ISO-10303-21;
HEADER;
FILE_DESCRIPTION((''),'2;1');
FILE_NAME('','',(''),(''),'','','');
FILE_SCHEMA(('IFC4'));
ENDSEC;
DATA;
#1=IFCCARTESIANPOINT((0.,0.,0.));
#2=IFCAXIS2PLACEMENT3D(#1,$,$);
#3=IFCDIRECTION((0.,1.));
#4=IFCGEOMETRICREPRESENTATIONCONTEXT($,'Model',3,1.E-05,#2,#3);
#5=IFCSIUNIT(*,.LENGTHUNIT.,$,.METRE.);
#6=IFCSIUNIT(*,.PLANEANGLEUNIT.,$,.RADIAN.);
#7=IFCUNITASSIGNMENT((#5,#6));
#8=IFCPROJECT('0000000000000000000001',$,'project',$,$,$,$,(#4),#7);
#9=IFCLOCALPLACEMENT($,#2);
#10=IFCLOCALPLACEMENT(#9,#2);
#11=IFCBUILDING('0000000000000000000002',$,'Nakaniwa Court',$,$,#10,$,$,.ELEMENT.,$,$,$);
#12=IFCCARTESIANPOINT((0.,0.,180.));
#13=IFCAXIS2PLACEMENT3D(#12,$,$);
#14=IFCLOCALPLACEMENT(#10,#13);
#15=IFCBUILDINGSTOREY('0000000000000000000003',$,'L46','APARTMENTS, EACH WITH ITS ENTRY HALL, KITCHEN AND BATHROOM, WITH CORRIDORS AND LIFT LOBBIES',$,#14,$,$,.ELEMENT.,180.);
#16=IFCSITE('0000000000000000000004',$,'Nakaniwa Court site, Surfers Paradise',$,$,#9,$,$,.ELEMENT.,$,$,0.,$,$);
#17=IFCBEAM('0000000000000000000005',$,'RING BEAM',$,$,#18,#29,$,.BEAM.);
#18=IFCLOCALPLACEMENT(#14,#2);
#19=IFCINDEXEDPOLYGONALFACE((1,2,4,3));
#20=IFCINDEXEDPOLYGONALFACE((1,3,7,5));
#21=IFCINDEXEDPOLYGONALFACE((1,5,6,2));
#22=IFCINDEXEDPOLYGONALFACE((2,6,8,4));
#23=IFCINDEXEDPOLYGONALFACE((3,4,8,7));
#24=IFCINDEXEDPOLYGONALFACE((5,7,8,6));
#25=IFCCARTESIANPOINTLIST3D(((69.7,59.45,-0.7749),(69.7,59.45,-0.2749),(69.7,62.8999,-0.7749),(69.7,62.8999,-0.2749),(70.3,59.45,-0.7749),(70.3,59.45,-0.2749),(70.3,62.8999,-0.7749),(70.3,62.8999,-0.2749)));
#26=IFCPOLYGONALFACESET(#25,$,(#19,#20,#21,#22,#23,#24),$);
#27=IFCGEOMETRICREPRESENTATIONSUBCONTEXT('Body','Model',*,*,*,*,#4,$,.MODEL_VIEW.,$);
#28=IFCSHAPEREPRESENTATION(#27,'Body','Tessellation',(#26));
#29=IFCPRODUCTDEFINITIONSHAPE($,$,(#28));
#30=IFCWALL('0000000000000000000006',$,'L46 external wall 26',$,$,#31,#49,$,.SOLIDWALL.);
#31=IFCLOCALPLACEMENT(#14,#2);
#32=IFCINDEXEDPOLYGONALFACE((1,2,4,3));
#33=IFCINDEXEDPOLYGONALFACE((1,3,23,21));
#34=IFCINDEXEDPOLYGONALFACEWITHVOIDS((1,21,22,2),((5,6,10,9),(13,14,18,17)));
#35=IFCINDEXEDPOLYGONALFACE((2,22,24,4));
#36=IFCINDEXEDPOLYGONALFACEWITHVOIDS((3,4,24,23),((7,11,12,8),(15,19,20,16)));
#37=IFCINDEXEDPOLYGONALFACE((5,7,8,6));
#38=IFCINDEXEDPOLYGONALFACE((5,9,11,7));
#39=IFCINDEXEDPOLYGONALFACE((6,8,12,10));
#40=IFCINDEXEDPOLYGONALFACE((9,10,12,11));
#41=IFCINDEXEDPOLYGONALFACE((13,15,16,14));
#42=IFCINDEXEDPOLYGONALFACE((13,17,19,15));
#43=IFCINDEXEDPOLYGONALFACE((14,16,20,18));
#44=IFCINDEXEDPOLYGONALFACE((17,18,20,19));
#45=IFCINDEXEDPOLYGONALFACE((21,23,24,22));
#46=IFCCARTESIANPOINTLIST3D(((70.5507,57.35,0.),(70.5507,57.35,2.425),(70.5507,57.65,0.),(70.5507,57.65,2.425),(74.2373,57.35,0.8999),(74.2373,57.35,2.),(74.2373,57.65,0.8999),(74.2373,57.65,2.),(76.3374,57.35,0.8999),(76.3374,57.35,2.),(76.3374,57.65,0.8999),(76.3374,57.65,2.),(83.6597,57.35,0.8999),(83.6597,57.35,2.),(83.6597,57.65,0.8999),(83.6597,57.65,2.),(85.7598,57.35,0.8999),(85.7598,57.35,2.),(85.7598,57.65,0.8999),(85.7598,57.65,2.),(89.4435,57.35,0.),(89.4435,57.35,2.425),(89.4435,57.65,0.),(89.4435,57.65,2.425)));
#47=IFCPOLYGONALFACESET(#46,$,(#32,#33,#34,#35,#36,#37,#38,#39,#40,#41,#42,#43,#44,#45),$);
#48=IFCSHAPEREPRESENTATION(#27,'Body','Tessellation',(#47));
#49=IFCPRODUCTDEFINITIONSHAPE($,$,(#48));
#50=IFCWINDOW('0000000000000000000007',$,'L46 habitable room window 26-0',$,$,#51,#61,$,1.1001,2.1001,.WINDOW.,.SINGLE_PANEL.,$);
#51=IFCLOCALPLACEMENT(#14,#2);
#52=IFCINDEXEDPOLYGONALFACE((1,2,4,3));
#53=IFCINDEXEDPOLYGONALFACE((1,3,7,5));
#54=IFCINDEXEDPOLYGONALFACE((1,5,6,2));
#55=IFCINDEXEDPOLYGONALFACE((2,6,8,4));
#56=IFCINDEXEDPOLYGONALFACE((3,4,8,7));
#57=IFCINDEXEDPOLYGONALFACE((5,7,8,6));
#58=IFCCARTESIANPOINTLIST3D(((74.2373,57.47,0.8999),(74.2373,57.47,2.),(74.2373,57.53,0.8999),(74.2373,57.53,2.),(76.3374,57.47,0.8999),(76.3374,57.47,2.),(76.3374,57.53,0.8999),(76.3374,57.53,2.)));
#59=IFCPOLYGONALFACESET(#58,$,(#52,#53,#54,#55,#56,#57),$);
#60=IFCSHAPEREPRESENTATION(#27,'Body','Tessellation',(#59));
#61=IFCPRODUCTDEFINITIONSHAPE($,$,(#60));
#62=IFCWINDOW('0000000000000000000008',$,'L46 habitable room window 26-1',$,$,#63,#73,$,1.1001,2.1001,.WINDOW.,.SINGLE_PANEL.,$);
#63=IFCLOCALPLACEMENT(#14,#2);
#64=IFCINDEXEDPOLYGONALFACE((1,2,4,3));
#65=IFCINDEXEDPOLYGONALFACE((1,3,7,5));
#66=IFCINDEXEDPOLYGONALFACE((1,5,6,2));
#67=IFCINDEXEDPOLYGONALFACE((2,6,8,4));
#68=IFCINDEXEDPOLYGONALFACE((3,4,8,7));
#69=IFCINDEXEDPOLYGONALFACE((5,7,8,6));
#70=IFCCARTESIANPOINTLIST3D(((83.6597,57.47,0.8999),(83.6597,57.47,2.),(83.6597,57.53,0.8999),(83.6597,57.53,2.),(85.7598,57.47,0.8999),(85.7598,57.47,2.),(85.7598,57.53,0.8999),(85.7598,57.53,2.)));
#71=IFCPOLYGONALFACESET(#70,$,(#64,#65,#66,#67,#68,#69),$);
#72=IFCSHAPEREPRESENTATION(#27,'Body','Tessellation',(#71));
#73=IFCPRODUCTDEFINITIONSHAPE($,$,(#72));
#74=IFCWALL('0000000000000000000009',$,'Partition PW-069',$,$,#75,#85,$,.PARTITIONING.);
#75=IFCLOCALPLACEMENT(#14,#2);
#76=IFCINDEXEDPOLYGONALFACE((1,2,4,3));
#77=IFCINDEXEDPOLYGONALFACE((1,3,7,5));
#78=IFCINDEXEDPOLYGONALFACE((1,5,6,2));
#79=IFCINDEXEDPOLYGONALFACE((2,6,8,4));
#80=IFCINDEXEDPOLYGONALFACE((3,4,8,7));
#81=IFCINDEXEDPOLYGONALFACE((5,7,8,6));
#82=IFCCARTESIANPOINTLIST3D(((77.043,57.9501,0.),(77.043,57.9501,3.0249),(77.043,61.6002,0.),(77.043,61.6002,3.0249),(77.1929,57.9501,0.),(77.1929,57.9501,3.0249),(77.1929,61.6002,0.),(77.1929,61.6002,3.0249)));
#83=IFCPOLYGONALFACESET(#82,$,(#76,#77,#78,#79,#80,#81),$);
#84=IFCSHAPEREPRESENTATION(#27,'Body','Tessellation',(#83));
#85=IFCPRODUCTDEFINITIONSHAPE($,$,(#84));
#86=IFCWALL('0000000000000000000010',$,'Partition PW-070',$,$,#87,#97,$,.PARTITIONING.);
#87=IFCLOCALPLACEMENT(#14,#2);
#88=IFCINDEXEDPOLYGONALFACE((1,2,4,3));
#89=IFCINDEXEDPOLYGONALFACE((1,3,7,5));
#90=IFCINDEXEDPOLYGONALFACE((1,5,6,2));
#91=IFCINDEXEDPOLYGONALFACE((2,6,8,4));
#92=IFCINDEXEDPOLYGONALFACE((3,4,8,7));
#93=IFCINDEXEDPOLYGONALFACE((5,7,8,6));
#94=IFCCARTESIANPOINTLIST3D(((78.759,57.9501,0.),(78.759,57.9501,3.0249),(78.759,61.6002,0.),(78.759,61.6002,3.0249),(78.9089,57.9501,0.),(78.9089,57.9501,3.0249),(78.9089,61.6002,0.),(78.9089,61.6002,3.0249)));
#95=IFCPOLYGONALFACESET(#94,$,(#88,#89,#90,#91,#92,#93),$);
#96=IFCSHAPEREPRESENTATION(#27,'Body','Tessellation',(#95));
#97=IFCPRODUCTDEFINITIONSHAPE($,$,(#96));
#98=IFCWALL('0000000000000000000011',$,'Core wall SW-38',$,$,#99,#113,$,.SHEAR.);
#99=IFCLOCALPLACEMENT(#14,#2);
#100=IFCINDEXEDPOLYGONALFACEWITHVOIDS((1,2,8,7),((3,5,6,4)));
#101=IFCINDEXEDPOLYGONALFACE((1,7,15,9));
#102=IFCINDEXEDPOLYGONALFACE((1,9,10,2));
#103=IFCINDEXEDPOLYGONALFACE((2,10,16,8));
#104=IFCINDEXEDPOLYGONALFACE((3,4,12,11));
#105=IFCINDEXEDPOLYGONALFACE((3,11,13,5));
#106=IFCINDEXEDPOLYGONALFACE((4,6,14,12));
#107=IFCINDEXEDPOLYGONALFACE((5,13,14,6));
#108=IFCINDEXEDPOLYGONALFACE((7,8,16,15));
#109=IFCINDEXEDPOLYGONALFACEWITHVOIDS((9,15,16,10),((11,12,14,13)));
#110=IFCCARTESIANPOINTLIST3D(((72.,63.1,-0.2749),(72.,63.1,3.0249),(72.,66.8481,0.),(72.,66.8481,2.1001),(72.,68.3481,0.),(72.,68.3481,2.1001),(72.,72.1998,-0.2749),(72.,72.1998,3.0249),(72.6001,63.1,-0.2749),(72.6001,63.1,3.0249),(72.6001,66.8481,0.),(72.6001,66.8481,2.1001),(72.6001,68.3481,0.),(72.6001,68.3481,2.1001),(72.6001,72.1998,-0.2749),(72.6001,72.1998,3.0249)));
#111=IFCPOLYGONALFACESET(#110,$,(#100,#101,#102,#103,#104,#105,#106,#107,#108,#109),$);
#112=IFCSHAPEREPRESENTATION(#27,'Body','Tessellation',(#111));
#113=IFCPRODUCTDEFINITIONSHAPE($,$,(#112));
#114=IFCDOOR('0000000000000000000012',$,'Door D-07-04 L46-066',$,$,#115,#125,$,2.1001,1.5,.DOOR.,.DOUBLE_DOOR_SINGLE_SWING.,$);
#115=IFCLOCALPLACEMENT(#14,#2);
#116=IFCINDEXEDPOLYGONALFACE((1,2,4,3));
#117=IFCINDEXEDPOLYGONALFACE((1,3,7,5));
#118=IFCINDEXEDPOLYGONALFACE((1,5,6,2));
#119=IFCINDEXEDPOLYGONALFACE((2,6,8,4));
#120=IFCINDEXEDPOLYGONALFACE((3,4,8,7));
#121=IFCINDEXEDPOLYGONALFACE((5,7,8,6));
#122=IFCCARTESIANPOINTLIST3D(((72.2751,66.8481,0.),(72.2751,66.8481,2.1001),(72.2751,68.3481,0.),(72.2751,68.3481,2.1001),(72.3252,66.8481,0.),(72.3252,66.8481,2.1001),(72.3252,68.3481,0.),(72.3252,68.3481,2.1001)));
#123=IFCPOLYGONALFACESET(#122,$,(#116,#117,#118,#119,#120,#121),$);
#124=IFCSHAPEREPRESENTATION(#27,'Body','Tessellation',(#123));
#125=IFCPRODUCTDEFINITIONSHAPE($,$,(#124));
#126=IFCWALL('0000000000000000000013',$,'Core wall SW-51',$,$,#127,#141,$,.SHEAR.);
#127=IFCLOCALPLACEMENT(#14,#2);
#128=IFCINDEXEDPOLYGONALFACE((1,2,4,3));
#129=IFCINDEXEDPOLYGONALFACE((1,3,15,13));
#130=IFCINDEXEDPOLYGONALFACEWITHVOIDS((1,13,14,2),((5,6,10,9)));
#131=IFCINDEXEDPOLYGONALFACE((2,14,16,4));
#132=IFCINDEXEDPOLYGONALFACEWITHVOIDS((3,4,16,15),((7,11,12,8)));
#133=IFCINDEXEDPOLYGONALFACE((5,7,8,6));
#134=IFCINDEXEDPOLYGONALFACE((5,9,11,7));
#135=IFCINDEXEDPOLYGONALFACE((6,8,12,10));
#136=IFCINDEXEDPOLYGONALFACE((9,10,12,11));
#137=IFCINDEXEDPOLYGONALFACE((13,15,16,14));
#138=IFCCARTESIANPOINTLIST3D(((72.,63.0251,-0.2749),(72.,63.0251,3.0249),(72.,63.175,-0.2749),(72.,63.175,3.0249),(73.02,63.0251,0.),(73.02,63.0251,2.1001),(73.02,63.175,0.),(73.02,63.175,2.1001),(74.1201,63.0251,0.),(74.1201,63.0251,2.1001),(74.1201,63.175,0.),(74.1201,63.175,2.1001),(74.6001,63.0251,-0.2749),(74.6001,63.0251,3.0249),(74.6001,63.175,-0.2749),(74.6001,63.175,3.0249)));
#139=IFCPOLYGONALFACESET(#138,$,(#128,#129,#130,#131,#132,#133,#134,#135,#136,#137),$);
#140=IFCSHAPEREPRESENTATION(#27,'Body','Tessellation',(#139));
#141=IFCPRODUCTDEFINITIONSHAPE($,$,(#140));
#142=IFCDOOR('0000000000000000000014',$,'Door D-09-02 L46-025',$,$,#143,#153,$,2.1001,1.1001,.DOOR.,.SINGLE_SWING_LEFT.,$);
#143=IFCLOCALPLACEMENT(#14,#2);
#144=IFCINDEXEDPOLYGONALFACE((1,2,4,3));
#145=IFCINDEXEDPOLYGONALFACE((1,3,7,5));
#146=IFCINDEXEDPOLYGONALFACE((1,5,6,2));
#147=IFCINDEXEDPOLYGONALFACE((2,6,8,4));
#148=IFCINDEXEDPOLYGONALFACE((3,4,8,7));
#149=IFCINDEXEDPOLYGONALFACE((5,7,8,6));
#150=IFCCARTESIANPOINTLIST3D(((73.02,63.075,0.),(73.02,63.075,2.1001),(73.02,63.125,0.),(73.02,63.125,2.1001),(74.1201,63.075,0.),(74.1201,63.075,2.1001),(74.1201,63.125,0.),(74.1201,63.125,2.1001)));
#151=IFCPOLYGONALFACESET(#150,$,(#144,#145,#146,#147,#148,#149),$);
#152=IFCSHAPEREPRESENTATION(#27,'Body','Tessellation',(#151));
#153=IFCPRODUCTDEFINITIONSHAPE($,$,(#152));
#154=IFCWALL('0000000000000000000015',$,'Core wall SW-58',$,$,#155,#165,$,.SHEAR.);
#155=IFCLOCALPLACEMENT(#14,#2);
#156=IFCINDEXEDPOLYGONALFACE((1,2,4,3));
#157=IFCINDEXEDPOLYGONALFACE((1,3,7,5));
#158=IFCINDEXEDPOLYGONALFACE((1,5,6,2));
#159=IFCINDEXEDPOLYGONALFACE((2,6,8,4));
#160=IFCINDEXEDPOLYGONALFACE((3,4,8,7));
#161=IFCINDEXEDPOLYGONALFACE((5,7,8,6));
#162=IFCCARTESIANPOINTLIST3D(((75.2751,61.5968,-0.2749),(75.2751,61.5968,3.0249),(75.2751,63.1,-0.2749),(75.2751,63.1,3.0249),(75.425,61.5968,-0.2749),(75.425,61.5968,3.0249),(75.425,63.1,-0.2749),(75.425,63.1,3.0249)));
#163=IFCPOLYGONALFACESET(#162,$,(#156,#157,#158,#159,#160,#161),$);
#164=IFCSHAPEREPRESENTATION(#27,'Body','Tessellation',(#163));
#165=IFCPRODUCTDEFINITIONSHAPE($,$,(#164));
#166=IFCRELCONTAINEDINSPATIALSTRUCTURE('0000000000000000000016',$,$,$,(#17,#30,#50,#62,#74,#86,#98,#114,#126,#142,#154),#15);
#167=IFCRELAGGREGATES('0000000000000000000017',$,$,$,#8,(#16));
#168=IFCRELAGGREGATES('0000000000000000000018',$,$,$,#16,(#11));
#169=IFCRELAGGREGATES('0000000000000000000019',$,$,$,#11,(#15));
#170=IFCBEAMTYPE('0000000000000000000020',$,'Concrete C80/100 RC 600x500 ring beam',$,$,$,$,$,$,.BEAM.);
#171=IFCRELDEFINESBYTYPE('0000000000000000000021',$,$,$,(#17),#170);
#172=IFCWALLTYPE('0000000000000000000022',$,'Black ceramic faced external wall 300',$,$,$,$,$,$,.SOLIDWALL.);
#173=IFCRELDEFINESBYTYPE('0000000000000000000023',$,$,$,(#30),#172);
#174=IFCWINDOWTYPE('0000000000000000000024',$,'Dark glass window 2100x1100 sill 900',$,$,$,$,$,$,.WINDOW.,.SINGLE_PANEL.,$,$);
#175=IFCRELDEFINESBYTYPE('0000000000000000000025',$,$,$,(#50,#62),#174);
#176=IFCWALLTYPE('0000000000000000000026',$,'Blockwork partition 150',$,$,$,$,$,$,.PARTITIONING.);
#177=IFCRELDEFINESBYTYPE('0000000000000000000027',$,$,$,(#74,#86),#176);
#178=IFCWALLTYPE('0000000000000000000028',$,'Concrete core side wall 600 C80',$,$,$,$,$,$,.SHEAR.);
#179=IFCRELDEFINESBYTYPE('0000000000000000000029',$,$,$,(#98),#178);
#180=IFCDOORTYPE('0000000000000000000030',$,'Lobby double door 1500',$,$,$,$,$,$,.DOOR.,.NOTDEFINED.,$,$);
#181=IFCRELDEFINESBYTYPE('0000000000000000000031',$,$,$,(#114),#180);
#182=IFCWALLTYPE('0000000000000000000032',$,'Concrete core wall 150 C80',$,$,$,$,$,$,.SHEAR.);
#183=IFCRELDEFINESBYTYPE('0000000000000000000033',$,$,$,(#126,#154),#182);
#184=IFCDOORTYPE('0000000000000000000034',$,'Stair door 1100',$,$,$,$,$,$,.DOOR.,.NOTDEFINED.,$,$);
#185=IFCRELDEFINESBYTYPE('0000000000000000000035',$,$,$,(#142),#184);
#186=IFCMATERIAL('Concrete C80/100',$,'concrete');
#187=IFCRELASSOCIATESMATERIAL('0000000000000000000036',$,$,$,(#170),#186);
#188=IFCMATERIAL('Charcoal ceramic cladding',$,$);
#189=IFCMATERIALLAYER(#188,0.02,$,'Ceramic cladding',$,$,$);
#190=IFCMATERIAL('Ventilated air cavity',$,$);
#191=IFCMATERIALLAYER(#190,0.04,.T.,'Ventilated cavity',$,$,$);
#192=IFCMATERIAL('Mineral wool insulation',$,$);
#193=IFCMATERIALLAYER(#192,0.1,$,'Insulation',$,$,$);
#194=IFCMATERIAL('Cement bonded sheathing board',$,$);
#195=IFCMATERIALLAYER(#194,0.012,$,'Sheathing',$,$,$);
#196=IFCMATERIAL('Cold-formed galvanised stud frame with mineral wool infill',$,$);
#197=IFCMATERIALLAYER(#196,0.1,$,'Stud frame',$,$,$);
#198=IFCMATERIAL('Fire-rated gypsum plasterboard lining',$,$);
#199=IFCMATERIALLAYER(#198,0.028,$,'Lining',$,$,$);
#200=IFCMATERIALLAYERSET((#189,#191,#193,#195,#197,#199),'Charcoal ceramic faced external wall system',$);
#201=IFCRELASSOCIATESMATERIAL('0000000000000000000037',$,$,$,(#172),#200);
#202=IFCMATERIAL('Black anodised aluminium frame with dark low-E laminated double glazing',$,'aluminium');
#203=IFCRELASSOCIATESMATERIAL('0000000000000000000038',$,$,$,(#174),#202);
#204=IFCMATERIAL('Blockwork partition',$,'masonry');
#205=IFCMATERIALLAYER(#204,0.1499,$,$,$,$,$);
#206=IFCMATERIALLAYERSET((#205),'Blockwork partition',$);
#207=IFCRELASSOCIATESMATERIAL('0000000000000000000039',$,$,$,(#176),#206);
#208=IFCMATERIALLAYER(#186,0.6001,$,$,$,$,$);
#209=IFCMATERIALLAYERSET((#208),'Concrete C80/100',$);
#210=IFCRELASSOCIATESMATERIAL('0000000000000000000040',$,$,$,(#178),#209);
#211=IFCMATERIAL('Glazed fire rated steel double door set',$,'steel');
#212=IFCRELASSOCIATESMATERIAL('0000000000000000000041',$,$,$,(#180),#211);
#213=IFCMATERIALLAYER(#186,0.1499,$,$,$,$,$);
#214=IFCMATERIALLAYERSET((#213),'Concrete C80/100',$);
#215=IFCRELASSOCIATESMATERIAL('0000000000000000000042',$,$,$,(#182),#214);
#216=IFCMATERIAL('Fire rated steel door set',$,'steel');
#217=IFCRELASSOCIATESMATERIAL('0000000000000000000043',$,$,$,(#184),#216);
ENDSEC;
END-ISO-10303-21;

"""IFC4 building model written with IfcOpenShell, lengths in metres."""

from ifc_helpers import new_model, si_unit, direction, frame, frame_2d, origin, origin_2d, place, context, subcontext, project, spatial, rectangle, extrude, material, layer, layer_set, material_profile, profile_set, type_object, element, fill, save


model = new_model("IFC4")

# Units and contexts
model_context = context("Model", 3, precision=1e-05, world=origin(), true_north=direction((0.0, 1.0)))
body_context = subcontext(model_context, "Body", "Model", "MODEL_VIEW")
ifc_project = project(units=[si_unit("LENGTHUNIT", "METRE"), si_unit("PLANEANGLEUNIT", "RADIAN")], contexts=[model_context])

# Site, building, storey
site_placement = place(None, origin())
site = spatial("IfcSite", under=ifc_project, at=site_placement, Name="Nakaniwa Court site, Surfers Paradise", CompositionType="ELEMENT", RefElevation=0.0)
building_placement = place(site_placement, origin())
building = spatial("IfcBuilding", under=site, at=building_placement, Name="Nakaniwa Court", CompositionType="ELEMENT")
storey_placement = place(building_placement, frame((0.0, 0.0, 180.0)))
storey = spatial("IfcBuildingStorey", under=building, at=storey_placement, Name="L46", Description="APARTMENTS, EACH WITH ITS ENTRY HALL, KITCHEN AND BATHROOM, WITH CORRIDORS AND LIFT LOBBIES", CompositionType="ELEMENT", Elevation=180.0)

# Beam
ifc_material_1 = material(Name="Concrete C80/100", Category="concrete")
ifc_material_profile_1 = material_profile(ifc_material_1, rectangle(XDim=0.6001, YDim=0.5, at=origin_2d()), Name="Concrete C80/100 RC 600x500 ring beam")
ifc_profile_set_1 = profile_set([ifc_material_profile_1], Name="Concrete C80/100")
beam_type = type_object("IfcBeamType", Name="Concrete C80/100 RC 600x500 ring beam", PredefinedType="BEAM", material=ifc_profile_set_1)
beam_placement = place(storey_placement, frame((70.0, 62.8999, -0.5249), z_axis=(0.0, -1.0, 0.0), x_axis=(1.0, 0.0, 0.0)))
element("IfcBeam", 1, at=beam_placement, inside=storey, type_object=beam_type, Name="RING BEAM", PredefinedType="BEAM", context=body_context, shape_type="SweptSolid", body=[
    extrude(rectangle(XDim=0.6001, YDim=0.5, at=origin_2d()), origin(), (0.0, 0.0, 1.0), 3.45),
])

# Wall, openings, windows
ifc_material_2 = material(Name="Charcoal ceramic cladding")
ifc_layer_1 = layer(ifc_material_2, 0.02, Name="Ceramic cladding")
ifc_material_3 = material(Name="Ventilated air cavity")
ifc_layer_2 = layer(ifc_material_3, 0.04, ventilated=True, Name="Ventilated cavity")
ifc_material_4 = material(Name="Mineral wool insulation")
ifc_layer_3 = layer(ifc_material_4, 0.1, Name="Insulation")
ifc_material_5 = material(Name="Cement bonded sheathing board")
ifc_layer_4 = layer(ifc_material_5, 0.012, Name="Sheathing")
ifc_material_6 = material(Name="Cold-formed galvanised stud frame with mineral wool infill")
ifc_layer_5 = layer(ifc_material_6, 0.1, Name="Stud frame")
ifc_material_7 = material(Name="Fire-rated gypsum plasterboard lining")
ifc_layer_6 = layer(ifc_material_7, 0.028, Name="Lining")
ifc_layer_set_1 = layer_set([ifc_layer_1, ifc_layer_2, ifc_layer_3, ifc_layer_4, ifc_layer_5, ifc_layer_6], Name="Charcoal ceramic faced external wall system")
wall_type_1 = type_object("IfcWallType", Name="Black ceramic faced external wall 300", PredefinedType="SOLIDWALL", material=ifc_layer_set_1)
wall_1_placement = place(storey_placement, frame((70.5508, 57.5, 0.0), z_axis=(0.0, 0.0, 1.0), x_axis=(1.0, 0.0, 0.0)))
wall_1 = element("IfcWall", 2, at=wall_1_placement, inside=storey, type_object=wall_type_1, Name="L46 external wall 26", PredefinedType="SOLIDWALL", context=body_context, shape_type="SweptSolid", body=[
    extrude(rectangle(XDim=18.8928, YDim=0.3, at=frame_2d((9.4463, 0.0))), origin(), (0.0, 0.0, 1.0), 2.425),
])
opening_1_placement = place(wall_1_placement, frame((3.6865, 0.0, 0.8999)))
opening_1 = element("IfcOpeningElement", 3, at=opening_1_placement, cuts=wall_1, PredefinedType="OPENING", context=body_context, shape_type="SweptSolid", body=[
    extrude(rectangle(XDim=2.1001, YDim=1.1001, at=frame_2d((1.05, 0.55))), frame((0.0, 0.1599, 0.0), z_axis=(0.0, -1.0, 0.0), x_axis=(1.0, 0.0, 0.0)), (0.0, 0.0, 1.0), 0.3201),
])
opening_2_placement = place(wall_1_placement, frame((13.1089, 0.0, 0.8999)))
opening_2 = element("IfcOpeningElement", 4, at=opening_2_placement, cuts=wall_1, PredefinedType="OPENING", context=body_context, shape_type="SweptSolid", body=[
    extrude(rectangle(XDim=2.1001, YDim=1.1001, at=frame_2d((1.05, 0.55))), frame((0.0, 0.1599, 0.0), z_axis=(0.0, -1.0, 0.0), x_axis=(1.0, 0.0, 0.0)), (0.0, 0.0, 1.0), 0.3201),
])
ifc_material_8 = material(Name="Black anodised aluminium frame with dark low-E laminated double glazing", Category="aluminium")
window_type = type_object("IfcWindowType", Name="Dark glass window 2100x1100 sill 900", PartitioningType="SINGLE_PANEL", PredefinedType="WINDOW", material=ifc_material_8)
window_1_placement = place(opening_1_placement, origin())
window_1 = element("IfcWindow", 5, at=window_1_placement, inside=storey, type_object=window_type, Name="L46 habitable room window 26-0", OverallHeight=1.1001, OverallWidth=2.1001, PartitioningType="SINGLE_PANEL", PredefinedType="WINDOW", context=body_context, shape_type="SweptSolid", body=[
    extrude(rectangle(XDim=2.1001, YDim=1.1001, at=frame_2d((1.05, 0.55))), frame((0.0, 0.03, 0.0), z_axis=(0.0, -1.0, 0.0), x_axis=(1.0, 0.0, 0.0)), (0.0, 0.0, 1.0), 0.0601),
])
fill(opening_1, window_1)
window_2_placement = place(opening_2_placement, origin())
window_2 = element("IfcWindow", 6, at=window_2_placement, inside=storey, type_object=window_type, Name="L46 habitable room window 26-1", OverallHeight=1.1001, OverallWidth=2.1001, PartitioningType="SINGLE_PANEL", PredefinedType="WINDOW", context=body_context, shape_type="SweptSolid", body=[
    extrude(rectangle(XDim=2.1001, YDim=1.1001, at=frame_2d((1.05, 0.55))), frame((0.0, 0.03, 0.0), z_axis=(0.0, -1.0, 0.0), x_axis=(1.0, 0.0, 0.0)), (0.0, 0.0, 1.0), 0.0601),
])
fill(opening_2, window_2)

# Walls
ifc_material_9 = material(Name="Blockwork partition", Category="masonry")
ifc_layer_7 = layer(ifc_material_9, 0.1499)
ifc_layer_set_2 = layer_set([ifc_layer_7], Name="Blockwork partition")
wall_type_2 = type_object("IfcWallType", Name="Blockwork partition 150", PredefinedType="PARTITIONING", material=ifc_layer_set_2)
for number, where, z_axis, x_axis, name in (
    (7, (77.1179, 57.95, 0.0), (0.0, 0.0, 1.0), (0.0, 1.0, 0.0), "Partition PW-069"),
    (8, (78.834, 57.95, 0.0), (0.0, 0.0, 1.0), (0.0, 1.0, 0.0), "Partition PW-070"),
):
    element("IfcWall", number, at=place(storey_placement, frame(where, z_axis=z_axis, x_axis=x_axis)), inside=storey, type_object=wall_type_2, Name=name, PredefinedType="PARTITIONING", context=body_context, shape_type="SweptSolid", body=[
        extrude(rectangle(XDim=3.6501, YDim=0.1499, at=frame_2d((1.8252, 0.0))), origin(), (0.0, 0.0, 1.0), 3.0249),
    ])

# Walls, openings, doors
ifc_layer_8 = layer(ifc_material_1, 0.6001)
ifc_layer_set_3 = layer_set([ifc_layer_8], Name="Concrete C80/100")
wall_type_3 = type_object("IfcWallType", Name="Concrete core side wall 600 C80", PredefinedType="SHEAR", material=ifc_layer_set_3)
wall_2_placement = place(storey_placement, frame((72.3, 63.1001, -0.2749), z_axis=(0.0, 0.0, 1.0), x_axis=(0.0, 1.0, 0.0)))
wall_2 = element("IfcWall", 9, at=wall_2_placement, inside=storey, type_object=wall_type_3, Name="Core wall SW-38", PredefinedType="SHEAR", context=body_context, shape_type="SweptSolid", body=[
    extrude(rectangle(XDim=9.0999, YDim=0.6001, at=frame_2d((4.5498, 0.0))), origin(), (0.0, 0.0, 1.0), 3.2998),
])
opening_3_placement = place(wall_2_placement, frame((3.748, 0.0, 0.2749)))
opening_3 = element("IfcOpeningElement", 10, at=opening_3_placement, cuts=wall_2, PredefinedType="OPENING", context=body_context, shape_type="SweptSolid", body=[
    extrude(rectangle(XDim=1.5, YDim=2.1001, at=frame_2d((0.75, 1.05))), frame((0.0, 0.3101, 0.0), z_axis=(0.0, -1.0, 0.0), x_axis=(1.0, 0.0, 0.0)), (0.0, 0.0, 1.0), 0.6201),
])
ifc_material_10 = material(Name="Glazed fire rated steel double door set", Category="steel")
door_type_1 = type_object("IfcDoorType", Name="Lobby double door 1500", OperationType="NOTDEFINED", PredefinedType="DOOR", material=ifc_material_10)
door_1_placement = place(opening_3_placement, origin())
door_1 = element("IfcDoor", 11, at=door_1_placement, inside=storey, type_object=door_type_1, Name="Door D-07-04 L46-066", OperationType="DOUBLE_DOOR_SINGLE_SWING", OverallHeight=2.1001, OverallWidth=1.5, PredefinedType="DOOR", context=body_context, shape_type="SweptSolid", body=[
    extrude(rectangle(XDim=1.5, YDim=2.1001, at=frame_2d((0.75, 1.05))), frame((0.0, 0.0249, 0.0), z_axis=(0.0, -1.0, 0.0), x_axis=(1.0, 0.0, 0.0)), (0.0, 0.0, 1.0), 0.05),
])
fill(opening_3, door_1)
ifc_layer_9 = layer(ifc_material_1, 0.1499)
ifc_layer_set_4 = layer_set([ifc_layer_9], Name="Concrete C80/100")
wall_type_4 = type_object("IfcWallType", Name="Concrete core wall 150 C80", PredefinedType="SHEAR", material=ifc_layer_set_4)
wall_3_placement = place(storey_placement, frame((72.0, 63.1001, -0.2749), z_axis=(0.0, 0.0, 1.0), x_axis=(1.0, 0.0, 0.0)))
wall_3 = element("IfcWall", 12, at=wall_3_placement, inside=storey, type_object=wall_type_4, Name="Core wall SW-51", PredefinedType="SHEAR", context=body_context, shape_type="SweptSolid", body=[
    extrude(rectangle(XDim=2.6001, YDim=0.1499, at=frame_2d((1.3, 0.0))), origin(), (0.0, 0.0, 1.0), 3.2998),
])
opening_4_placement = place(wall_3_placement, frame((1.02, 0.0, 0.2749)))
opening_4 = element("IfcOpeningElement", 13, at=opening_4_placement, cuts=wall_3, PredefinedType="OPENING", context=body_context, shape_type="SweptSolid", body=[
    extrude(rectangle(XDim=1.1001, YDim=2.1001, at=frame_2d((0.55, 1.05))), frame((0.0, 0.085, 0.0), z_axis=(0.0, -1.0, 0.0), x_axis=(1.0, 0.0, 0.0)), (0.0, 0.0, 1.0), 0.1699),
])
ifc_material_11 = material(Name="Fire rated steel door set", Category="steel")
door_type_2 = type_object("IfcDoorType", Name="Stair door 1100", OperationType="NOTDEFINED", PredefinedType="DOOR", material=ifc_material_11)
door_2_placement = place(opening_4_placement, origin())
door_2 = element("IfcDoor", 14, at=door_2_placement, inside=storey, type_object=door_type_2, Name="Door D-09-02 L46-025", OperationType="SINGLE_SWING_LEFT", OverallHeight=2.1001, OverallWidth=1.1001, PredefinedType="DOOR", context=body_context, shape_type="SweptSolid", body=[
    extrude(rectangle(XDim=1.1001, YDim=2.1001, at=frame_2d((0.55, 1.05))), frame((0.0, 0.0249, 0.0), z_axis=(0.0, -1.0, 0.0), x_axis=(1.0, 0.0, 0.0)), (0.0, 0.0, 1.0), 0.05),
])
fill(opening_4, door_2)

# Wall
wall_4_placement = place(storey_placement, frame((75.3501, 61.5969, -0.2749), z_axis=(0.0, 0.0, 1.0), x_axis=(0.0, 1.0, 0.0)))
element("IfcWall", 15, at=wall_4_placement, inside=storey, type_object=wall_type_4, Name="Core wall SW-58", PredefinedType="SHEAR", context=body_context, shape_type="SweptSolid", body=[
    extrude(rectangle(XDim=1.5032, YDim=0.1499, at=frame_2d((0.7515, 0.0))), origin(), (0.0, 0.0, 1.0), 3.2998),
])

save(model, "model.ifc")
